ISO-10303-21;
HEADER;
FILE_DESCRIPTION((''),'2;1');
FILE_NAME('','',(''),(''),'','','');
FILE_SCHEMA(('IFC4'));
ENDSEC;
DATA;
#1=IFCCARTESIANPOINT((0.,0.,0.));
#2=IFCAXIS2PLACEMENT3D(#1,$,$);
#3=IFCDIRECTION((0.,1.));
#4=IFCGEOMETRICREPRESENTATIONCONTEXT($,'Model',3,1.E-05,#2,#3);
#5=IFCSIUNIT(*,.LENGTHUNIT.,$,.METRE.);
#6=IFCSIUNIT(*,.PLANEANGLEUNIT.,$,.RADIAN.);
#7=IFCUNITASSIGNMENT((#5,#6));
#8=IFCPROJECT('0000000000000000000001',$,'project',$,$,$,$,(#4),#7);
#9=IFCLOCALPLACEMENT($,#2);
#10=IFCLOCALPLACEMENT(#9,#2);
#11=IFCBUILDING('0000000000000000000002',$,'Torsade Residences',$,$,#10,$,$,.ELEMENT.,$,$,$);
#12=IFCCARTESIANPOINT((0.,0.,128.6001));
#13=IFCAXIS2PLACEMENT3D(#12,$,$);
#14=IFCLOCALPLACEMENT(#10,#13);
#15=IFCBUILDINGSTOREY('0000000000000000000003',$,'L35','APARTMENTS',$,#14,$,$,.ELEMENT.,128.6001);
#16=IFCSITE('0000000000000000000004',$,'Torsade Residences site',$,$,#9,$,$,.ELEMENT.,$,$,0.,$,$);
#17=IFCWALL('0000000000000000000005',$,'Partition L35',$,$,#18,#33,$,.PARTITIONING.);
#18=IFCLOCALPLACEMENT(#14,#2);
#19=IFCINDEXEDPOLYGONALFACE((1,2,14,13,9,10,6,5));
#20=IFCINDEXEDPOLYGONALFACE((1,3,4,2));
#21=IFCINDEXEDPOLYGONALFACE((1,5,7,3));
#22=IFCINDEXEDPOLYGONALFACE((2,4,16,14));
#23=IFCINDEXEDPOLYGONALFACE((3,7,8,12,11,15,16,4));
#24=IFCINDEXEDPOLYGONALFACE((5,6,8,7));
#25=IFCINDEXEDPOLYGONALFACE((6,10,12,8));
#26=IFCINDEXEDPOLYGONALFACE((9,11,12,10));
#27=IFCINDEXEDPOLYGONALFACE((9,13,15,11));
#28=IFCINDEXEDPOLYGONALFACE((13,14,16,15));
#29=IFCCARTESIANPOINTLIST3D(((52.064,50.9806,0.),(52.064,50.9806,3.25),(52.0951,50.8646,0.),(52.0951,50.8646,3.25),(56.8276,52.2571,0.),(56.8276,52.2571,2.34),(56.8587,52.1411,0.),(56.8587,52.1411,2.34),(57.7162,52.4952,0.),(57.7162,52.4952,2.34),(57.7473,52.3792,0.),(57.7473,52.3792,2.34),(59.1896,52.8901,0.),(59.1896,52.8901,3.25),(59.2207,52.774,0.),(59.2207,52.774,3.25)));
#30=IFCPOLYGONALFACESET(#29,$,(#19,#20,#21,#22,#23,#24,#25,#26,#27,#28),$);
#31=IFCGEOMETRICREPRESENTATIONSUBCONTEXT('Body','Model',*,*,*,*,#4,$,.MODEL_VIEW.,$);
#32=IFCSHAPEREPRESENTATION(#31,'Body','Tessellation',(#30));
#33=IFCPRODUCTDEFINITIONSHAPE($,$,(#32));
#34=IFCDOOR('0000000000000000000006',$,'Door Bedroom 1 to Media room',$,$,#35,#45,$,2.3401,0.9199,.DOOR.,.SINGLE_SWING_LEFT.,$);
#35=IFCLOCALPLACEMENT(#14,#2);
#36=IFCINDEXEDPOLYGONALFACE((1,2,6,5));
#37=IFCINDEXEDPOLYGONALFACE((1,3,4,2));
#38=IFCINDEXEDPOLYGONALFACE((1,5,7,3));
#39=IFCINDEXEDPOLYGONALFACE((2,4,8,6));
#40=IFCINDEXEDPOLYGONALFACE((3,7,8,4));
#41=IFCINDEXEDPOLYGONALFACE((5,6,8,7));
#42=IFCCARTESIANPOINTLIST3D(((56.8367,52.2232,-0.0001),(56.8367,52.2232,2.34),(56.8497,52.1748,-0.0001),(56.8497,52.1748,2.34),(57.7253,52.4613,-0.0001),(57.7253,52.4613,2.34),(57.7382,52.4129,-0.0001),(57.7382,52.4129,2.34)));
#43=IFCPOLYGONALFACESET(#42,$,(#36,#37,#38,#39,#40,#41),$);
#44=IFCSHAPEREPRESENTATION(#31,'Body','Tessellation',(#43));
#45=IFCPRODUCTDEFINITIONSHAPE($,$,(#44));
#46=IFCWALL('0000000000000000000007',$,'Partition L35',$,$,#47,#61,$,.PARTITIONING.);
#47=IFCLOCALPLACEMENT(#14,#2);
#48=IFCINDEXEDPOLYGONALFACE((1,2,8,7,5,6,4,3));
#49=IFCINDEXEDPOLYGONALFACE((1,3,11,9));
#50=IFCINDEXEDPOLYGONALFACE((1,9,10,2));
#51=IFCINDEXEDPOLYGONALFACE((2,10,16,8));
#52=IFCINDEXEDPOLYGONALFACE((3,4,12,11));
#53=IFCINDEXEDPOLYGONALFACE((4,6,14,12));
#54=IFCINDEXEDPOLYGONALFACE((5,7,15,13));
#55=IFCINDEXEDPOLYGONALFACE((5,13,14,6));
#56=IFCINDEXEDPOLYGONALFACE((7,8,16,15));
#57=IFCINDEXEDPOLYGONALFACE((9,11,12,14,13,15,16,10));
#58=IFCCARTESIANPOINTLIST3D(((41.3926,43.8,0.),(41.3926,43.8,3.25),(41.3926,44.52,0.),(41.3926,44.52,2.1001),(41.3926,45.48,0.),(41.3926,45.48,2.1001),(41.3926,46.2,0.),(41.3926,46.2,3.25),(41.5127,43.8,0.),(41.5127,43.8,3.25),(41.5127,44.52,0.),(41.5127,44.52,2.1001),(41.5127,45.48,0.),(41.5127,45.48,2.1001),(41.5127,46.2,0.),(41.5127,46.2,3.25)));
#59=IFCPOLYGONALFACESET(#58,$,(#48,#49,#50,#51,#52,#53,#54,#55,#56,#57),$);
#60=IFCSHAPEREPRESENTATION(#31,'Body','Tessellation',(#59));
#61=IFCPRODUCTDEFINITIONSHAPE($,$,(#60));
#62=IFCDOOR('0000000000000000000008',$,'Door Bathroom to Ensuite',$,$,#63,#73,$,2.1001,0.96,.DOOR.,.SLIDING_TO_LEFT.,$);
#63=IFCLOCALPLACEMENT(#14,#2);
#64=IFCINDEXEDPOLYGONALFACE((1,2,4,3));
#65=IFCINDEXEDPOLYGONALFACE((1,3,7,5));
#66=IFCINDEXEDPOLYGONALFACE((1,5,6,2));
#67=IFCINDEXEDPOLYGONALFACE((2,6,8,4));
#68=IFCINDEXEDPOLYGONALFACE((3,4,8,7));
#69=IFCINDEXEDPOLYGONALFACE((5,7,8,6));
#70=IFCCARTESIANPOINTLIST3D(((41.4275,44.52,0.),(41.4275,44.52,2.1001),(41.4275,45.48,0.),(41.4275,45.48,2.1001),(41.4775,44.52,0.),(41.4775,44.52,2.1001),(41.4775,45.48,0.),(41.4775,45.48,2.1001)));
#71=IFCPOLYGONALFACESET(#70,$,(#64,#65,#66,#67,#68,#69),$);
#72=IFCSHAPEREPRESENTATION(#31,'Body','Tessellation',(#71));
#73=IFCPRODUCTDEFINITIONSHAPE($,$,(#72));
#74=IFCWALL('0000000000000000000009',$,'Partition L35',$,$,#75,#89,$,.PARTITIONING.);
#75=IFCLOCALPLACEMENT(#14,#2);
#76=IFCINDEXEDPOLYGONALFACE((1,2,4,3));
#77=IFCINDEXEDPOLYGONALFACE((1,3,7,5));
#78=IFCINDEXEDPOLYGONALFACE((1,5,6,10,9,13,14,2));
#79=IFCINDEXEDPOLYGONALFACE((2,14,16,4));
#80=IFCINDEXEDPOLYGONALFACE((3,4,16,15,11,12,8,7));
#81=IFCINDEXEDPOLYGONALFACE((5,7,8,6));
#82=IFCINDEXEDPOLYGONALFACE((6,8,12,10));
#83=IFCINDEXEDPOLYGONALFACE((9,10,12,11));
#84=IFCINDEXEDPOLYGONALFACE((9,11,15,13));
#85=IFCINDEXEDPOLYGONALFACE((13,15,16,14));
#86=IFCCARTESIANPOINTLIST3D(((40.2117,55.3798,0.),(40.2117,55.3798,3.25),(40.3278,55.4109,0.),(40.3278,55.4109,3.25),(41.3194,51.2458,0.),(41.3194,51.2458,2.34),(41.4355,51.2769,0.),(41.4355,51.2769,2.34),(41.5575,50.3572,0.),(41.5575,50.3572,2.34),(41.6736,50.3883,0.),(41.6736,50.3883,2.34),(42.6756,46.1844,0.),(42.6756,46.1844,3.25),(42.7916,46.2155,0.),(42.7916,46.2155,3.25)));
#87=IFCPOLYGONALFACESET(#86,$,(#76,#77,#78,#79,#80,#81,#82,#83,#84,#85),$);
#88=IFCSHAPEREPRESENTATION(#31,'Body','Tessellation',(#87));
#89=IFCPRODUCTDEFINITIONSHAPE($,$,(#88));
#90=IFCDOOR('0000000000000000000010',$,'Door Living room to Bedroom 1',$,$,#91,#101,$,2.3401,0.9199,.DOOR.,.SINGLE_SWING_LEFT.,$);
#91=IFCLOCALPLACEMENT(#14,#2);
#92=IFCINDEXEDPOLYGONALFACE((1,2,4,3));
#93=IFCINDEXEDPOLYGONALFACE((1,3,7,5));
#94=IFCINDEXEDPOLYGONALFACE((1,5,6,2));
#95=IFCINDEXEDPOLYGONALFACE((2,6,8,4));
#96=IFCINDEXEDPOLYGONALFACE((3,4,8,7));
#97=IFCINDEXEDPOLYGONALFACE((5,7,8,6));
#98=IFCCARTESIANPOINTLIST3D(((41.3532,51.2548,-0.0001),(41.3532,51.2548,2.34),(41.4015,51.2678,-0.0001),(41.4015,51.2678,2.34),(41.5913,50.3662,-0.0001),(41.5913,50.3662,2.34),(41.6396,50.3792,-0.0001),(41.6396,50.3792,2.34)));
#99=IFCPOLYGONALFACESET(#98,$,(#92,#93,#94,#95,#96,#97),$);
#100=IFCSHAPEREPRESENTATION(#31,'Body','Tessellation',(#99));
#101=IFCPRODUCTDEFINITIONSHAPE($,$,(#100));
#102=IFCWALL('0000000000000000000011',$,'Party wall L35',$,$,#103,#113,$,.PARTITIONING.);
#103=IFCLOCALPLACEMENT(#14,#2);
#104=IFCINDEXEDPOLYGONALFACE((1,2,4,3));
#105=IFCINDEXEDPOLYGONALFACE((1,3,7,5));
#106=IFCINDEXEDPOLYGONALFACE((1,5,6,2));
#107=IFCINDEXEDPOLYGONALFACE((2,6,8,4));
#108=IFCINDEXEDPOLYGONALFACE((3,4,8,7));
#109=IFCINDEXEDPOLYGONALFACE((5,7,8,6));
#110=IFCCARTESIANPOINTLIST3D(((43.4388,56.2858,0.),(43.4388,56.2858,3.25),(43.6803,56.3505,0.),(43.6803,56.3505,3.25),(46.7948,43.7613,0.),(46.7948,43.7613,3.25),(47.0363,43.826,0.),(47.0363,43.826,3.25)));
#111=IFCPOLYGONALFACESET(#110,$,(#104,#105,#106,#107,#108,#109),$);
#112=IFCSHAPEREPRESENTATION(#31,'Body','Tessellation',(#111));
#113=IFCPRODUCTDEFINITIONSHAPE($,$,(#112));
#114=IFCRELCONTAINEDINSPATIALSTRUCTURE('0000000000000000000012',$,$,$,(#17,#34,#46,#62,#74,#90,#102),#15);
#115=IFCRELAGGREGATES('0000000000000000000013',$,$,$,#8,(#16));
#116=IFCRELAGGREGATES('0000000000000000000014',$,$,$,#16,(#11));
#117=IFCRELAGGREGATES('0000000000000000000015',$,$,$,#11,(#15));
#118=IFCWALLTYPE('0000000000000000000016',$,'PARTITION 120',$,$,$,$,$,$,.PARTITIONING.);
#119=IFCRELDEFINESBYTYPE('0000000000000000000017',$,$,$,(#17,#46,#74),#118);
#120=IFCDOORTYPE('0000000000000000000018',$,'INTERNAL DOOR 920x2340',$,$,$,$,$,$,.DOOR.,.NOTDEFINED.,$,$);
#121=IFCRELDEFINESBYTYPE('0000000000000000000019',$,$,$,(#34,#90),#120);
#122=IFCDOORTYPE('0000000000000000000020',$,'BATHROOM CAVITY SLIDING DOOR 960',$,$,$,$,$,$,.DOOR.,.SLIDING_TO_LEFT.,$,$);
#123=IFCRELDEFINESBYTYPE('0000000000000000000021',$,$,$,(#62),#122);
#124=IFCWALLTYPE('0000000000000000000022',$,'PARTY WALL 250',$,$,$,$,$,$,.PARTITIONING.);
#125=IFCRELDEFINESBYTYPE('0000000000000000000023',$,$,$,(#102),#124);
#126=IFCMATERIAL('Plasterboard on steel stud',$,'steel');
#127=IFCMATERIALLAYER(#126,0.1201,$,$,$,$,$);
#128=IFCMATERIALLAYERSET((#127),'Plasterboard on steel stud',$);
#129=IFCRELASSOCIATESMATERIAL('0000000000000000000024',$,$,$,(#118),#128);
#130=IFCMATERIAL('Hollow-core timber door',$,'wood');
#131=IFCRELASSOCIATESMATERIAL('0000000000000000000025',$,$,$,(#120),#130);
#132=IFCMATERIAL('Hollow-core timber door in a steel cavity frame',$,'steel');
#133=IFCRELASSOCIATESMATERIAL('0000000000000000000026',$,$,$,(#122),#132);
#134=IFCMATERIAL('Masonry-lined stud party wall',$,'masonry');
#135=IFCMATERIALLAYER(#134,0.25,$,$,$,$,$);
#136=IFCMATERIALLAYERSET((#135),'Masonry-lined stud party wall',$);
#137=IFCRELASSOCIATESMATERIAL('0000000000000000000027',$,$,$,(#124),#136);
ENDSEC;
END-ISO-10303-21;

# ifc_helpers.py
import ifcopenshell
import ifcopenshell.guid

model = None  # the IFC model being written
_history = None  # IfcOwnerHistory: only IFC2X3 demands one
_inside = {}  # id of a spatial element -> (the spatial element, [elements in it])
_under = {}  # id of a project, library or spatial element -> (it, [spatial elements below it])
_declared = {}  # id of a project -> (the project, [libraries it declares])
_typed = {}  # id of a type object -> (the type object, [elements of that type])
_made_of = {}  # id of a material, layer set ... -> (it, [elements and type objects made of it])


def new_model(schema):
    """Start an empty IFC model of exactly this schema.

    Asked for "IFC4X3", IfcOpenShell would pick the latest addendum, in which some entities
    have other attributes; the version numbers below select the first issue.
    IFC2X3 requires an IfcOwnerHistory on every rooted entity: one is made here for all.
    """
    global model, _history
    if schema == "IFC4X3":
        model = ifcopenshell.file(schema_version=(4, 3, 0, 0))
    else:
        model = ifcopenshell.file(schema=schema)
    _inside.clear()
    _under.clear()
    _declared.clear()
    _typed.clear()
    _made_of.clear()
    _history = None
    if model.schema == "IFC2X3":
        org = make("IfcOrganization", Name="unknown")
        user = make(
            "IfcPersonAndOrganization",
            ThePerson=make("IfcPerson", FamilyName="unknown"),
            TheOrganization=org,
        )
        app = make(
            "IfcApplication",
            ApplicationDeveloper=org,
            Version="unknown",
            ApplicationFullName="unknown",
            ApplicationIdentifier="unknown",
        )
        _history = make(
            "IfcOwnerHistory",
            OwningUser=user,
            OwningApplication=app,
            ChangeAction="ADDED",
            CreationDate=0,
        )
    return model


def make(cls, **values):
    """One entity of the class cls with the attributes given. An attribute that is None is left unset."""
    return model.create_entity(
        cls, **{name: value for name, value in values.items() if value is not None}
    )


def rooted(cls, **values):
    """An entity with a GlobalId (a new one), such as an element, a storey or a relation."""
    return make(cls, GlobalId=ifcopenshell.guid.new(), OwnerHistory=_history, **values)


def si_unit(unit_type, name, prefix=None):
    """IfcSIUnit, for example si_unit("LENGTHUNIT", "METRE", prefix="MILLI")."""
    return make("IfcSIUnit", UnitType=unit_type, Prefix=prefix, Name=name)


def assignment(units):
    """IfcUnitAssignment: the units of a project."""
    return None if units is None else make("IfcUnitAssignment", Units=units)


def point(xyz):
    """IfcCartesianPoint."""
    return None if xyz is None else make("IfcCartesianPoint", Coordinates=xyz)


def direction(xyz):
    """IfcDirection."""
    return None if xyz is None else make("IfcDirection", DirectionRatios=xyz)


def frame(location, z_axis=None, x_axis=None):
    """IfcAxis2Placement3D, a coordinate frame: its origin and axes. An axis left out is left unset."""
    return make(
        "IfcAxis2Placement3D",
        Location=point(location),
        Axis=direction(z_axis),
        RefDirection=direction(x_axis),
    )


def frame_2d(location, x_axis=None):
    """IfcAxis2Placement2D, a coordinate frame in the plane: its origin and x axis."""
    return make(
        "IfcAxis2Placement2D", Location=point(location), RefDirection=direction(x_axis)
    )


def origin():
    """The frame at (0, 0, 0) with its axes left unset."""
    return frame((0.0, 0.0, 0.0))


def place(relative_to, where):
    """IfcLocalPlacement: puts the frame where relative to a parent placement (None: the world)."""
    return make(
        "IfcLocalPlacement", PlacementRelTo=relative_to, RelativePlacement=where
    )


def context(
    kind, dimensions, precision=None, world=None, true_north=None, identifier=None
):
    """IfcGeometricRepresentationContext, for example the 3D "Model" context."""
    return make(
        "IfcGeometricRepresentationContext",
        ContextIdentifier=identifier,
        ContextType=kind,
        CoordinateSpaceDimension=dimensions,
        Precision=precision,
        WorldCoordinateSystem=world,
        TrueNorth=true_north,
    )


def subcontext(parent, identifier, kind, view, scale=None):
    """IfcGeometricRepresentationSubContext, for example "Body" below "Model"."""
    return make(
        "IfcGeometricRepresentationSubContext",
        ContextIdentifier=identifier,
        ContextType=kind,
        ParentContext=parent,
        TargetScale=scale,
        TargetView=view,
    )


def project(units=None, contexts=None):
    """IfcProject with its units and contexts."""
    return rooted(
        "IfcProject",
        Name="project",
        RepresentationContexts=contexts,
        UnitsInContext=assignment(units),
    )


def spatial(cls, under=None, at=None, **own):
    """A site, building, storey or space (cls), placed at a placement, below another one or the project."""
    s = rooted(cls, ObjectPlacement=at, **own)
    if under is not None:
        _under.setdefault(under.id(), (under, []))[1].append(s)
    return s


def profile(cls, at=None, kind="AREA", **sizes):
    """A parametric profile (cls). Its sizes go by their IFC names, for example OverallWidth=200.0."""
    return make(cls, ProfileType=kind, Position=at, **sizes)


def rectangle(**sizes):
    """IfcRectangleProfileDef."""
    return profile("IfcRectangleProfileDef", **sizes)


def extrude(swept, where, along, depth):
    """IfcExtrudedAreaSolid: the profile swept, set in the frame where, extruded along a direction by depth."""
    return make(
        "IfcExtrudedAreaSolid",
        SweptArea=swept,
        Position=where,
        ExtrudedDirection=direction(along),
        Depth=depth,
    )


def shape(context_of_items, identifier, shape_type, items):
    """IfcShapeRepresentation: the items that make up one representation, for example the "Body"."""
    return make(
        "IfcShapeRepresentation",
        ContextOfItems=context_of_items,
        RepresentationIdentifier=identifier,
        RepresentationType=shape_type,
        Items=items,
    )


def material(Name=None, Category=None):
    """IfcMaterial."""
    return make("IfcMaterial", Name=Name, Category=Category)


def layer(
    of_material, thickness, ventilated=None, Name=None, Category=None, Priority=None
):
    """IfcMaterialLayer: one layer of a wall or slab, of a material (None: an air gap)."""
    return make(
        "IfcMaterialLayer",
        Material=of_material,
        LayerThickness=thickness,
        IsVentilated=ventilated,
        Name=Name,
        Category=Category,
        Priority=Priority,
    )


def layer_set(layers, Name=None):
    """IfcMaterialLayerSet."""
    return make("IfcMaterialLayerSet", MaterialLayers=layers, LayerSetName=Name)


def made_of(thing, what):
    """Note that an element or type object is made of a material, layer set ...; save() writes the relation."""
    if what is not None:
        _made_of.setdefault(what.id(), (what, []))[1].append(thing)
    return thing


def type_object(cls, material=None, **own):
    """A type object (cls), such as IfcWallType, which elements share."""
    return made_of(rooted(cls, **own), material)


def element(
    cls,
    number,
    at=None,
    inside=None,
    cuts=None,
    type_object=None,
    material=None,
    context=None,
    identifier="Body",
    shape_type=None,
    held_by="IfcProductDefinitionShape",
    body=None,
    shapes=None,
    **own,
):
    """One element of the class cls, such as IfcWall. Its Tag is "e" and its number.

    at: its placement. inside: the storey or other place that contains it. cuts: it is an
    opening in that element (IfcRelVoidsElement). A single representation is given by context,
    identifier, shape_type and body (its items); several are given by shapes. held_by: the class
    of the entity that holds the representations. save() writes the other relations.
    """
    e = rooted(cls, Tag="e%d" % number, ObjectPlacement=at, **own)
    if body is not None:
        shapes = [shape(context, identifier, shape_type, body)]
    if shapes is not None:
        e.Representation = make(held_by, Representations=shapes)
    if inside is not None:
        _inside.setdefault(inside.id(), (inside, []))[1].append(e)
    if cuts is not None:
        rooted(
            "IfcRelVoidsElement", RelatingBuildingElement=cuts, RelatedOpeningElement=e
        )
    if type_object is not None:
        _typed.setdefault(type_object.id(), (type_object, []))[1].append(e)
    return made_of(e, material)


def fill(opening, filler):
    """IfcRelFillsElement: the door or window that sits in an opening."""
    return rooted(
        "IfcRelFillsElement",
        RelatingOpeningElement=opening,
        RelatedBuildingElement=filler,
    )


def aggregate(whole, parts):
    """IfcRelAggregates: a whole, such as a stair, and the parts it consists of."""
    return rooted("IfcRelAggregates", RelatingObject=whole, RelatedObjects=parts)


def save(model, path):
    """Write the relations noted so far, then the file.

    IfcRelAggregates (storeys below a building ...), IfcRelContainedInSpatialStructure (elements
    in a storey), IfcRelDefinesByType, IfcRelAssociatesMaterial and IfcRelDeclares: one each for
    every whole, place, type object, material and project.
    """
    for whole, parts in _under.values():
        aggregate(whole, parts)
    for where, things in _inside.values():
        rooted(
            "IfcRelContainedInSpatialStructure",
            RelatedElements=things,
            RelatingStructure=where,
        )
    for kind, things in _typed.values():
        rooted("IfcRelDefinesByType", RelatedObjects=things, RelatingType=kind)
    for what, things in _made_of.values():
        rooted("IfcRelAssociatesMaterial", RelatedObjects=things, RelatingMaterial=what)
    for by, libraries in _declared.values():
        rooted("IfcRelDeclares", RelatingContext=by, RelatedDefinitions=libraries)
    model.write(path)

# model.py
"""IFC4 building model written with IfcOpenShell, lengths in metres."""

from ifc_helpers import new_model, si_unit, direction, frame, frame_2d, origin, place, context, subcontext, project, spatial, rectangle, extrude, material, layer, layer_set, type_object, element, fill, save


model = new_model("IFC4")

# Units and contexts
model_context = context("Model", 3, precision=1e-05, world=origin(), true_north=direction((0.0, 1.0)))
body_context = subcontext(model_context, "Body", "Model", "MODEL_VIEW")
ifc_project = project(units=[si_unit("LENGTHUNIT", "METRE"), si_unit("PLANEANGLEUNIT", "RADIAN")], contexts=[model_context])

# Site, building, storey
site_placement = place(None, origin())
site = spatial("IfcSite", under=ifc_project, at=site_placement, Name="Torsade Residences site", CompositionType="ELEMENT", RefElevation=0.0)
building_placement = place(site_placement, origin())
building = spatial("IfcBuilding", under=site, at=building_placement, Name="Torsade Residences", CompositionType="ELEMENT")
storey_placement = place(building_placement, frame((0.0, 0.0, 128.6001)))
storey = spatial("IfcBuildingStorey", under=building, at=storey_placement, Name="L35", Description="APARTMENTS", CompositionType="ELEMENT", Elevation=128.6001)

# Shared definitions
ifc_material_1 = material(Name="Plasterboard on steel stud", Category="steel")
ifc_layer_1 = layer(ifc_material_1, 0.1201)
ifc_layer_set_1 = layer_set([ifc_layer_1], Name="Plasterboard on steel stud")
wall_type_1 = type_object("IfcWallType", Name="PARTITION 120", PredefinedType="PARTITIONING", material=ifc_layer_set_1)
ifc_material_2 = material(Name="Hollow-core timber door", Category="wood")
door_type_1 = type_object("IfcDoorType", Name="INTERNAL DOOR 920x2340", OperationType="NOTDEFINED", PredefinedType="DOOR", material=ifc_material_2)

# Walls, openings, doors
wall_1_placement = place(storey_placement, frame((52.0796, 50.9226, 0.0), z_axis=(0.0, 0.0, 1.0), x_axis=(0.965921, 0.258839, 0.0)))
wall_1 = element("IfcWall", 1, at=wall_1_placement, inside=storey, type_object=wall_type_1, Name="Partition L35", PredefinedType="PARTITIONING", context=body_context, shape_type="SweptSolid", body=[
    extrude(rectangle(XDim=7.377, YDim=0.1201, at=frame_2d((3.6885, 0.0))), origin(), (0.0, 0.0, 1.0), 3.25),
])
opening_1_placement = place(wall_1_placement, frame((4.9316, 0.0, 0.0)))
opening_1 = element("IfcOpeningElement", 2, at=opening_1_placement, cuts=wall_1, PredefinedType="OPENING", context=body_context, shape_type="SweptSolid", body=[
    extrude(rectangle(XDim=0.9199, YDim=2.3401, at=frame_2d((0.46, 1.1699))), frame((0.0, 0.0701, 0.0), z_axis=(0.0, -1.0, 0.0), x_axis=(1.0, 0.0, 0.0)), (0.0, 0.0, 1.0), 0.1401),
])
door_1_placement = place(opening_1_placement, origin())
door_1 = element("IfcDoor", 3, at=door_1_placement, inside=storey, type_object=door_type_1, Name="Door Bedroom 1 to Media room", OperationType="SINGLE_SWING_LEFT", OverallHeight=2.3401, OverallWidth=0.9199, PredefinedType="DOOR", context=body_context, shape_type="SweptSolid", body=[
    extrude(rectangle(XDim=0.9199, YDim=2.3401, at=frame_2d((0.46, 1.1699))), frame((0.0, 0.0249, 0.0), z_axis=(0.0, -1.0, 0.0), x_axis=(1.0, 0.0, 0.0)), (0.0, 0.0, 1.0), 0.05),
])
fill(opening_1, door_1)
wall_2_placement = place(storey_placement, frame((41.4526, 46.2, 0.0), z_axis=(0.0, 0.0, 1.0), x_axis=(0.0, -1.0, 0.0)))
wall_2 = element("IfcWall", 4, at=wall_2_placement, inside=storey, type_object=wall_type_1, Name="Partition L35", PredefinedType="PARTITIONING", context=body_context, shape_type="SweptSolid", body=[
    extrude(rectangle(XDim=2.3999, YDim=0.1201, at=frame_2d((1.2, 0.0))), origin(), (0.0, 0.0, 1.0), 3.25),
])
opening_2_placement = place(wall_2_placement, frame((0.72, 0.0, 0.0)))
opening_2 = element("IfcOpeningElement", 5, at=opening_2_placement, cuts=wall_2, PredefinedType="OPENING", context=body_context, shape_type="SweptSolid", body=[
    extrude(rectangle(XDim=0.96, YDim=2.1001, at=frame_2d((0.48, 1.05))), frame((0.0, 0.0701, 0.0), z_axis=(0.0, -1.0, 0.0), x_axis=(1.0, 0.0, 0.0)), (0.0, 0.0, 1.0), 0.1401),
])
ifc_material_3 = material(Name="Hollow-core timber door in a steel cavity frame", Category="steel")
door_type_2 = type_object("IfcDoorType", Name="BATHROOM CAVITY SLIDING DOOR 960", OperationType="SLIDING_TO_LEFT", PredefinedType="DOOR", material=ifc_material_3)
door_2_placement = place(opening_2_placement, origin())
door_2 = element("IfcDoor", 6, at=door_2_placement, inside=storey, type_object=door_type_2, Name="Door Bathroom to Ensuite", OperationType="SLIDING_TO_LEFT", OverallHeight=2.1001, OverallWidth=0.96, PredefinedType="DOOR", context=body_context, shape_type="SweptSolid", body=[
    extrude(rectangle(XDim=0.96, YDim=2.1001, at=frame_2d((0.48, 1.05))), frame((0.0, 0.0249, 0.0), z_axis=(0.0, -1.0, 0.0), x_axis=(1.0, 0.0, 0.0)), (0.0, 0.0, 1.0), 0.05),
])
fill(opening_2, door_2)
wall_3_placement = place(storey_placement, frame((40.2698, 55.3953, 0.0), z_axis=(0.0, 0.0, 1.0), x_axis=(0.258818, -0.965926, 0.0)))
wall_3 = element("IfcWall", 7, at=wall_3_placement, inside=storey, type_object=wall_type_1, Name="Partition L35", PredefinedType="PARTITIONING", context=body_context, shape_type="SweptSolid", body=[
    extrude(rectangle(XDim=9.5198, YDim=0.1201, at=frame_2d((4.7598, 0.0))), origin(), (0.0, 0.0, 1.0), 3.25),
])
opening_3_placement = place(wall_3_placement, frame((4.2798, 0.0, 0.0)))
opening_3 = element("IfcOpeningElement", 8, at=opening_3_placement, cuts=wall_3, PredefinedType="OPENING", context=body_context, shape_type="SweptSolid", body=[
    extrude(rectangle(XDim=0.9199, YDim=2.3401, at=frame_2d((0.46, 1.1699))), frame((0.0, 0.0701, 0.0), z_axis=(0.0, -1.0, 0.0), x_axis=(1.0, 0.0, 0.0)), (0.0, 0.0, 1.0), 0.1401),
])
door_3_placement = place(opening_3_placement, origin())
door_3 = element("IfcDoor", 9, at=door_3_placement, inside=storey, type_object=door_type_1, Name="Door Living room to Bedroom 1", OperationType="SINGLE_SWING_LEFT", OverallHeight=2.3401, OverallWidth=0.9199, PredefinedType="DOOR", context=body_context, shape_type="SweptSolid", body=[
    extrude(rectangle(XDim=0.9199, YDim=2.3401, at=frame_2d((0.46, 1.1699))), frame((0.0, 0.0249, 0.0), z_axis=(0.0, -1.0, 0.0), x_axis=(1.0, 0.0, 0.0)), (0.0, 0.0, 1.0), 0.05),
])
fill(opening_3, door_3)

# Wall
ifc_material_4 = material(Name="Masonry-lined stud party wall", Category="masonry")
ifc_layer_2 = layer(ifc_material_4, 0.25)
ifc_layer_set_2 = layer_set([ifc_layer_2], Name="Masonry-lined stud party wall")
wall_type_2 = type_object("IfcWallType", Name="PARTY WALL 250", PredefinedType="PARTITIONING", material=ifc_layer_set_2)
wall_4_placement = place(storey_placement, frame((43.5596, 56.3181, 0.0), z_axis=(0.0, 0.0, 1.0), x_axis=(0.258823, -0.965925, 0.0)))
element("IfcWall", 10, at=wall_4_placement, inside=storey, type_object=wall_type_2, Name="Party wall L35", PredefinedType="PARTITIONING", context=body_context, shape_type="SweptSolid", body=[
    extrude(rectangle(XDim=12.9663, YDim=0.25, at=frame_2d((6.4832, 0.0))), origin(), (0.0, 0.0, 1.0), 3.25),
])

save(model, "model.ifc")
